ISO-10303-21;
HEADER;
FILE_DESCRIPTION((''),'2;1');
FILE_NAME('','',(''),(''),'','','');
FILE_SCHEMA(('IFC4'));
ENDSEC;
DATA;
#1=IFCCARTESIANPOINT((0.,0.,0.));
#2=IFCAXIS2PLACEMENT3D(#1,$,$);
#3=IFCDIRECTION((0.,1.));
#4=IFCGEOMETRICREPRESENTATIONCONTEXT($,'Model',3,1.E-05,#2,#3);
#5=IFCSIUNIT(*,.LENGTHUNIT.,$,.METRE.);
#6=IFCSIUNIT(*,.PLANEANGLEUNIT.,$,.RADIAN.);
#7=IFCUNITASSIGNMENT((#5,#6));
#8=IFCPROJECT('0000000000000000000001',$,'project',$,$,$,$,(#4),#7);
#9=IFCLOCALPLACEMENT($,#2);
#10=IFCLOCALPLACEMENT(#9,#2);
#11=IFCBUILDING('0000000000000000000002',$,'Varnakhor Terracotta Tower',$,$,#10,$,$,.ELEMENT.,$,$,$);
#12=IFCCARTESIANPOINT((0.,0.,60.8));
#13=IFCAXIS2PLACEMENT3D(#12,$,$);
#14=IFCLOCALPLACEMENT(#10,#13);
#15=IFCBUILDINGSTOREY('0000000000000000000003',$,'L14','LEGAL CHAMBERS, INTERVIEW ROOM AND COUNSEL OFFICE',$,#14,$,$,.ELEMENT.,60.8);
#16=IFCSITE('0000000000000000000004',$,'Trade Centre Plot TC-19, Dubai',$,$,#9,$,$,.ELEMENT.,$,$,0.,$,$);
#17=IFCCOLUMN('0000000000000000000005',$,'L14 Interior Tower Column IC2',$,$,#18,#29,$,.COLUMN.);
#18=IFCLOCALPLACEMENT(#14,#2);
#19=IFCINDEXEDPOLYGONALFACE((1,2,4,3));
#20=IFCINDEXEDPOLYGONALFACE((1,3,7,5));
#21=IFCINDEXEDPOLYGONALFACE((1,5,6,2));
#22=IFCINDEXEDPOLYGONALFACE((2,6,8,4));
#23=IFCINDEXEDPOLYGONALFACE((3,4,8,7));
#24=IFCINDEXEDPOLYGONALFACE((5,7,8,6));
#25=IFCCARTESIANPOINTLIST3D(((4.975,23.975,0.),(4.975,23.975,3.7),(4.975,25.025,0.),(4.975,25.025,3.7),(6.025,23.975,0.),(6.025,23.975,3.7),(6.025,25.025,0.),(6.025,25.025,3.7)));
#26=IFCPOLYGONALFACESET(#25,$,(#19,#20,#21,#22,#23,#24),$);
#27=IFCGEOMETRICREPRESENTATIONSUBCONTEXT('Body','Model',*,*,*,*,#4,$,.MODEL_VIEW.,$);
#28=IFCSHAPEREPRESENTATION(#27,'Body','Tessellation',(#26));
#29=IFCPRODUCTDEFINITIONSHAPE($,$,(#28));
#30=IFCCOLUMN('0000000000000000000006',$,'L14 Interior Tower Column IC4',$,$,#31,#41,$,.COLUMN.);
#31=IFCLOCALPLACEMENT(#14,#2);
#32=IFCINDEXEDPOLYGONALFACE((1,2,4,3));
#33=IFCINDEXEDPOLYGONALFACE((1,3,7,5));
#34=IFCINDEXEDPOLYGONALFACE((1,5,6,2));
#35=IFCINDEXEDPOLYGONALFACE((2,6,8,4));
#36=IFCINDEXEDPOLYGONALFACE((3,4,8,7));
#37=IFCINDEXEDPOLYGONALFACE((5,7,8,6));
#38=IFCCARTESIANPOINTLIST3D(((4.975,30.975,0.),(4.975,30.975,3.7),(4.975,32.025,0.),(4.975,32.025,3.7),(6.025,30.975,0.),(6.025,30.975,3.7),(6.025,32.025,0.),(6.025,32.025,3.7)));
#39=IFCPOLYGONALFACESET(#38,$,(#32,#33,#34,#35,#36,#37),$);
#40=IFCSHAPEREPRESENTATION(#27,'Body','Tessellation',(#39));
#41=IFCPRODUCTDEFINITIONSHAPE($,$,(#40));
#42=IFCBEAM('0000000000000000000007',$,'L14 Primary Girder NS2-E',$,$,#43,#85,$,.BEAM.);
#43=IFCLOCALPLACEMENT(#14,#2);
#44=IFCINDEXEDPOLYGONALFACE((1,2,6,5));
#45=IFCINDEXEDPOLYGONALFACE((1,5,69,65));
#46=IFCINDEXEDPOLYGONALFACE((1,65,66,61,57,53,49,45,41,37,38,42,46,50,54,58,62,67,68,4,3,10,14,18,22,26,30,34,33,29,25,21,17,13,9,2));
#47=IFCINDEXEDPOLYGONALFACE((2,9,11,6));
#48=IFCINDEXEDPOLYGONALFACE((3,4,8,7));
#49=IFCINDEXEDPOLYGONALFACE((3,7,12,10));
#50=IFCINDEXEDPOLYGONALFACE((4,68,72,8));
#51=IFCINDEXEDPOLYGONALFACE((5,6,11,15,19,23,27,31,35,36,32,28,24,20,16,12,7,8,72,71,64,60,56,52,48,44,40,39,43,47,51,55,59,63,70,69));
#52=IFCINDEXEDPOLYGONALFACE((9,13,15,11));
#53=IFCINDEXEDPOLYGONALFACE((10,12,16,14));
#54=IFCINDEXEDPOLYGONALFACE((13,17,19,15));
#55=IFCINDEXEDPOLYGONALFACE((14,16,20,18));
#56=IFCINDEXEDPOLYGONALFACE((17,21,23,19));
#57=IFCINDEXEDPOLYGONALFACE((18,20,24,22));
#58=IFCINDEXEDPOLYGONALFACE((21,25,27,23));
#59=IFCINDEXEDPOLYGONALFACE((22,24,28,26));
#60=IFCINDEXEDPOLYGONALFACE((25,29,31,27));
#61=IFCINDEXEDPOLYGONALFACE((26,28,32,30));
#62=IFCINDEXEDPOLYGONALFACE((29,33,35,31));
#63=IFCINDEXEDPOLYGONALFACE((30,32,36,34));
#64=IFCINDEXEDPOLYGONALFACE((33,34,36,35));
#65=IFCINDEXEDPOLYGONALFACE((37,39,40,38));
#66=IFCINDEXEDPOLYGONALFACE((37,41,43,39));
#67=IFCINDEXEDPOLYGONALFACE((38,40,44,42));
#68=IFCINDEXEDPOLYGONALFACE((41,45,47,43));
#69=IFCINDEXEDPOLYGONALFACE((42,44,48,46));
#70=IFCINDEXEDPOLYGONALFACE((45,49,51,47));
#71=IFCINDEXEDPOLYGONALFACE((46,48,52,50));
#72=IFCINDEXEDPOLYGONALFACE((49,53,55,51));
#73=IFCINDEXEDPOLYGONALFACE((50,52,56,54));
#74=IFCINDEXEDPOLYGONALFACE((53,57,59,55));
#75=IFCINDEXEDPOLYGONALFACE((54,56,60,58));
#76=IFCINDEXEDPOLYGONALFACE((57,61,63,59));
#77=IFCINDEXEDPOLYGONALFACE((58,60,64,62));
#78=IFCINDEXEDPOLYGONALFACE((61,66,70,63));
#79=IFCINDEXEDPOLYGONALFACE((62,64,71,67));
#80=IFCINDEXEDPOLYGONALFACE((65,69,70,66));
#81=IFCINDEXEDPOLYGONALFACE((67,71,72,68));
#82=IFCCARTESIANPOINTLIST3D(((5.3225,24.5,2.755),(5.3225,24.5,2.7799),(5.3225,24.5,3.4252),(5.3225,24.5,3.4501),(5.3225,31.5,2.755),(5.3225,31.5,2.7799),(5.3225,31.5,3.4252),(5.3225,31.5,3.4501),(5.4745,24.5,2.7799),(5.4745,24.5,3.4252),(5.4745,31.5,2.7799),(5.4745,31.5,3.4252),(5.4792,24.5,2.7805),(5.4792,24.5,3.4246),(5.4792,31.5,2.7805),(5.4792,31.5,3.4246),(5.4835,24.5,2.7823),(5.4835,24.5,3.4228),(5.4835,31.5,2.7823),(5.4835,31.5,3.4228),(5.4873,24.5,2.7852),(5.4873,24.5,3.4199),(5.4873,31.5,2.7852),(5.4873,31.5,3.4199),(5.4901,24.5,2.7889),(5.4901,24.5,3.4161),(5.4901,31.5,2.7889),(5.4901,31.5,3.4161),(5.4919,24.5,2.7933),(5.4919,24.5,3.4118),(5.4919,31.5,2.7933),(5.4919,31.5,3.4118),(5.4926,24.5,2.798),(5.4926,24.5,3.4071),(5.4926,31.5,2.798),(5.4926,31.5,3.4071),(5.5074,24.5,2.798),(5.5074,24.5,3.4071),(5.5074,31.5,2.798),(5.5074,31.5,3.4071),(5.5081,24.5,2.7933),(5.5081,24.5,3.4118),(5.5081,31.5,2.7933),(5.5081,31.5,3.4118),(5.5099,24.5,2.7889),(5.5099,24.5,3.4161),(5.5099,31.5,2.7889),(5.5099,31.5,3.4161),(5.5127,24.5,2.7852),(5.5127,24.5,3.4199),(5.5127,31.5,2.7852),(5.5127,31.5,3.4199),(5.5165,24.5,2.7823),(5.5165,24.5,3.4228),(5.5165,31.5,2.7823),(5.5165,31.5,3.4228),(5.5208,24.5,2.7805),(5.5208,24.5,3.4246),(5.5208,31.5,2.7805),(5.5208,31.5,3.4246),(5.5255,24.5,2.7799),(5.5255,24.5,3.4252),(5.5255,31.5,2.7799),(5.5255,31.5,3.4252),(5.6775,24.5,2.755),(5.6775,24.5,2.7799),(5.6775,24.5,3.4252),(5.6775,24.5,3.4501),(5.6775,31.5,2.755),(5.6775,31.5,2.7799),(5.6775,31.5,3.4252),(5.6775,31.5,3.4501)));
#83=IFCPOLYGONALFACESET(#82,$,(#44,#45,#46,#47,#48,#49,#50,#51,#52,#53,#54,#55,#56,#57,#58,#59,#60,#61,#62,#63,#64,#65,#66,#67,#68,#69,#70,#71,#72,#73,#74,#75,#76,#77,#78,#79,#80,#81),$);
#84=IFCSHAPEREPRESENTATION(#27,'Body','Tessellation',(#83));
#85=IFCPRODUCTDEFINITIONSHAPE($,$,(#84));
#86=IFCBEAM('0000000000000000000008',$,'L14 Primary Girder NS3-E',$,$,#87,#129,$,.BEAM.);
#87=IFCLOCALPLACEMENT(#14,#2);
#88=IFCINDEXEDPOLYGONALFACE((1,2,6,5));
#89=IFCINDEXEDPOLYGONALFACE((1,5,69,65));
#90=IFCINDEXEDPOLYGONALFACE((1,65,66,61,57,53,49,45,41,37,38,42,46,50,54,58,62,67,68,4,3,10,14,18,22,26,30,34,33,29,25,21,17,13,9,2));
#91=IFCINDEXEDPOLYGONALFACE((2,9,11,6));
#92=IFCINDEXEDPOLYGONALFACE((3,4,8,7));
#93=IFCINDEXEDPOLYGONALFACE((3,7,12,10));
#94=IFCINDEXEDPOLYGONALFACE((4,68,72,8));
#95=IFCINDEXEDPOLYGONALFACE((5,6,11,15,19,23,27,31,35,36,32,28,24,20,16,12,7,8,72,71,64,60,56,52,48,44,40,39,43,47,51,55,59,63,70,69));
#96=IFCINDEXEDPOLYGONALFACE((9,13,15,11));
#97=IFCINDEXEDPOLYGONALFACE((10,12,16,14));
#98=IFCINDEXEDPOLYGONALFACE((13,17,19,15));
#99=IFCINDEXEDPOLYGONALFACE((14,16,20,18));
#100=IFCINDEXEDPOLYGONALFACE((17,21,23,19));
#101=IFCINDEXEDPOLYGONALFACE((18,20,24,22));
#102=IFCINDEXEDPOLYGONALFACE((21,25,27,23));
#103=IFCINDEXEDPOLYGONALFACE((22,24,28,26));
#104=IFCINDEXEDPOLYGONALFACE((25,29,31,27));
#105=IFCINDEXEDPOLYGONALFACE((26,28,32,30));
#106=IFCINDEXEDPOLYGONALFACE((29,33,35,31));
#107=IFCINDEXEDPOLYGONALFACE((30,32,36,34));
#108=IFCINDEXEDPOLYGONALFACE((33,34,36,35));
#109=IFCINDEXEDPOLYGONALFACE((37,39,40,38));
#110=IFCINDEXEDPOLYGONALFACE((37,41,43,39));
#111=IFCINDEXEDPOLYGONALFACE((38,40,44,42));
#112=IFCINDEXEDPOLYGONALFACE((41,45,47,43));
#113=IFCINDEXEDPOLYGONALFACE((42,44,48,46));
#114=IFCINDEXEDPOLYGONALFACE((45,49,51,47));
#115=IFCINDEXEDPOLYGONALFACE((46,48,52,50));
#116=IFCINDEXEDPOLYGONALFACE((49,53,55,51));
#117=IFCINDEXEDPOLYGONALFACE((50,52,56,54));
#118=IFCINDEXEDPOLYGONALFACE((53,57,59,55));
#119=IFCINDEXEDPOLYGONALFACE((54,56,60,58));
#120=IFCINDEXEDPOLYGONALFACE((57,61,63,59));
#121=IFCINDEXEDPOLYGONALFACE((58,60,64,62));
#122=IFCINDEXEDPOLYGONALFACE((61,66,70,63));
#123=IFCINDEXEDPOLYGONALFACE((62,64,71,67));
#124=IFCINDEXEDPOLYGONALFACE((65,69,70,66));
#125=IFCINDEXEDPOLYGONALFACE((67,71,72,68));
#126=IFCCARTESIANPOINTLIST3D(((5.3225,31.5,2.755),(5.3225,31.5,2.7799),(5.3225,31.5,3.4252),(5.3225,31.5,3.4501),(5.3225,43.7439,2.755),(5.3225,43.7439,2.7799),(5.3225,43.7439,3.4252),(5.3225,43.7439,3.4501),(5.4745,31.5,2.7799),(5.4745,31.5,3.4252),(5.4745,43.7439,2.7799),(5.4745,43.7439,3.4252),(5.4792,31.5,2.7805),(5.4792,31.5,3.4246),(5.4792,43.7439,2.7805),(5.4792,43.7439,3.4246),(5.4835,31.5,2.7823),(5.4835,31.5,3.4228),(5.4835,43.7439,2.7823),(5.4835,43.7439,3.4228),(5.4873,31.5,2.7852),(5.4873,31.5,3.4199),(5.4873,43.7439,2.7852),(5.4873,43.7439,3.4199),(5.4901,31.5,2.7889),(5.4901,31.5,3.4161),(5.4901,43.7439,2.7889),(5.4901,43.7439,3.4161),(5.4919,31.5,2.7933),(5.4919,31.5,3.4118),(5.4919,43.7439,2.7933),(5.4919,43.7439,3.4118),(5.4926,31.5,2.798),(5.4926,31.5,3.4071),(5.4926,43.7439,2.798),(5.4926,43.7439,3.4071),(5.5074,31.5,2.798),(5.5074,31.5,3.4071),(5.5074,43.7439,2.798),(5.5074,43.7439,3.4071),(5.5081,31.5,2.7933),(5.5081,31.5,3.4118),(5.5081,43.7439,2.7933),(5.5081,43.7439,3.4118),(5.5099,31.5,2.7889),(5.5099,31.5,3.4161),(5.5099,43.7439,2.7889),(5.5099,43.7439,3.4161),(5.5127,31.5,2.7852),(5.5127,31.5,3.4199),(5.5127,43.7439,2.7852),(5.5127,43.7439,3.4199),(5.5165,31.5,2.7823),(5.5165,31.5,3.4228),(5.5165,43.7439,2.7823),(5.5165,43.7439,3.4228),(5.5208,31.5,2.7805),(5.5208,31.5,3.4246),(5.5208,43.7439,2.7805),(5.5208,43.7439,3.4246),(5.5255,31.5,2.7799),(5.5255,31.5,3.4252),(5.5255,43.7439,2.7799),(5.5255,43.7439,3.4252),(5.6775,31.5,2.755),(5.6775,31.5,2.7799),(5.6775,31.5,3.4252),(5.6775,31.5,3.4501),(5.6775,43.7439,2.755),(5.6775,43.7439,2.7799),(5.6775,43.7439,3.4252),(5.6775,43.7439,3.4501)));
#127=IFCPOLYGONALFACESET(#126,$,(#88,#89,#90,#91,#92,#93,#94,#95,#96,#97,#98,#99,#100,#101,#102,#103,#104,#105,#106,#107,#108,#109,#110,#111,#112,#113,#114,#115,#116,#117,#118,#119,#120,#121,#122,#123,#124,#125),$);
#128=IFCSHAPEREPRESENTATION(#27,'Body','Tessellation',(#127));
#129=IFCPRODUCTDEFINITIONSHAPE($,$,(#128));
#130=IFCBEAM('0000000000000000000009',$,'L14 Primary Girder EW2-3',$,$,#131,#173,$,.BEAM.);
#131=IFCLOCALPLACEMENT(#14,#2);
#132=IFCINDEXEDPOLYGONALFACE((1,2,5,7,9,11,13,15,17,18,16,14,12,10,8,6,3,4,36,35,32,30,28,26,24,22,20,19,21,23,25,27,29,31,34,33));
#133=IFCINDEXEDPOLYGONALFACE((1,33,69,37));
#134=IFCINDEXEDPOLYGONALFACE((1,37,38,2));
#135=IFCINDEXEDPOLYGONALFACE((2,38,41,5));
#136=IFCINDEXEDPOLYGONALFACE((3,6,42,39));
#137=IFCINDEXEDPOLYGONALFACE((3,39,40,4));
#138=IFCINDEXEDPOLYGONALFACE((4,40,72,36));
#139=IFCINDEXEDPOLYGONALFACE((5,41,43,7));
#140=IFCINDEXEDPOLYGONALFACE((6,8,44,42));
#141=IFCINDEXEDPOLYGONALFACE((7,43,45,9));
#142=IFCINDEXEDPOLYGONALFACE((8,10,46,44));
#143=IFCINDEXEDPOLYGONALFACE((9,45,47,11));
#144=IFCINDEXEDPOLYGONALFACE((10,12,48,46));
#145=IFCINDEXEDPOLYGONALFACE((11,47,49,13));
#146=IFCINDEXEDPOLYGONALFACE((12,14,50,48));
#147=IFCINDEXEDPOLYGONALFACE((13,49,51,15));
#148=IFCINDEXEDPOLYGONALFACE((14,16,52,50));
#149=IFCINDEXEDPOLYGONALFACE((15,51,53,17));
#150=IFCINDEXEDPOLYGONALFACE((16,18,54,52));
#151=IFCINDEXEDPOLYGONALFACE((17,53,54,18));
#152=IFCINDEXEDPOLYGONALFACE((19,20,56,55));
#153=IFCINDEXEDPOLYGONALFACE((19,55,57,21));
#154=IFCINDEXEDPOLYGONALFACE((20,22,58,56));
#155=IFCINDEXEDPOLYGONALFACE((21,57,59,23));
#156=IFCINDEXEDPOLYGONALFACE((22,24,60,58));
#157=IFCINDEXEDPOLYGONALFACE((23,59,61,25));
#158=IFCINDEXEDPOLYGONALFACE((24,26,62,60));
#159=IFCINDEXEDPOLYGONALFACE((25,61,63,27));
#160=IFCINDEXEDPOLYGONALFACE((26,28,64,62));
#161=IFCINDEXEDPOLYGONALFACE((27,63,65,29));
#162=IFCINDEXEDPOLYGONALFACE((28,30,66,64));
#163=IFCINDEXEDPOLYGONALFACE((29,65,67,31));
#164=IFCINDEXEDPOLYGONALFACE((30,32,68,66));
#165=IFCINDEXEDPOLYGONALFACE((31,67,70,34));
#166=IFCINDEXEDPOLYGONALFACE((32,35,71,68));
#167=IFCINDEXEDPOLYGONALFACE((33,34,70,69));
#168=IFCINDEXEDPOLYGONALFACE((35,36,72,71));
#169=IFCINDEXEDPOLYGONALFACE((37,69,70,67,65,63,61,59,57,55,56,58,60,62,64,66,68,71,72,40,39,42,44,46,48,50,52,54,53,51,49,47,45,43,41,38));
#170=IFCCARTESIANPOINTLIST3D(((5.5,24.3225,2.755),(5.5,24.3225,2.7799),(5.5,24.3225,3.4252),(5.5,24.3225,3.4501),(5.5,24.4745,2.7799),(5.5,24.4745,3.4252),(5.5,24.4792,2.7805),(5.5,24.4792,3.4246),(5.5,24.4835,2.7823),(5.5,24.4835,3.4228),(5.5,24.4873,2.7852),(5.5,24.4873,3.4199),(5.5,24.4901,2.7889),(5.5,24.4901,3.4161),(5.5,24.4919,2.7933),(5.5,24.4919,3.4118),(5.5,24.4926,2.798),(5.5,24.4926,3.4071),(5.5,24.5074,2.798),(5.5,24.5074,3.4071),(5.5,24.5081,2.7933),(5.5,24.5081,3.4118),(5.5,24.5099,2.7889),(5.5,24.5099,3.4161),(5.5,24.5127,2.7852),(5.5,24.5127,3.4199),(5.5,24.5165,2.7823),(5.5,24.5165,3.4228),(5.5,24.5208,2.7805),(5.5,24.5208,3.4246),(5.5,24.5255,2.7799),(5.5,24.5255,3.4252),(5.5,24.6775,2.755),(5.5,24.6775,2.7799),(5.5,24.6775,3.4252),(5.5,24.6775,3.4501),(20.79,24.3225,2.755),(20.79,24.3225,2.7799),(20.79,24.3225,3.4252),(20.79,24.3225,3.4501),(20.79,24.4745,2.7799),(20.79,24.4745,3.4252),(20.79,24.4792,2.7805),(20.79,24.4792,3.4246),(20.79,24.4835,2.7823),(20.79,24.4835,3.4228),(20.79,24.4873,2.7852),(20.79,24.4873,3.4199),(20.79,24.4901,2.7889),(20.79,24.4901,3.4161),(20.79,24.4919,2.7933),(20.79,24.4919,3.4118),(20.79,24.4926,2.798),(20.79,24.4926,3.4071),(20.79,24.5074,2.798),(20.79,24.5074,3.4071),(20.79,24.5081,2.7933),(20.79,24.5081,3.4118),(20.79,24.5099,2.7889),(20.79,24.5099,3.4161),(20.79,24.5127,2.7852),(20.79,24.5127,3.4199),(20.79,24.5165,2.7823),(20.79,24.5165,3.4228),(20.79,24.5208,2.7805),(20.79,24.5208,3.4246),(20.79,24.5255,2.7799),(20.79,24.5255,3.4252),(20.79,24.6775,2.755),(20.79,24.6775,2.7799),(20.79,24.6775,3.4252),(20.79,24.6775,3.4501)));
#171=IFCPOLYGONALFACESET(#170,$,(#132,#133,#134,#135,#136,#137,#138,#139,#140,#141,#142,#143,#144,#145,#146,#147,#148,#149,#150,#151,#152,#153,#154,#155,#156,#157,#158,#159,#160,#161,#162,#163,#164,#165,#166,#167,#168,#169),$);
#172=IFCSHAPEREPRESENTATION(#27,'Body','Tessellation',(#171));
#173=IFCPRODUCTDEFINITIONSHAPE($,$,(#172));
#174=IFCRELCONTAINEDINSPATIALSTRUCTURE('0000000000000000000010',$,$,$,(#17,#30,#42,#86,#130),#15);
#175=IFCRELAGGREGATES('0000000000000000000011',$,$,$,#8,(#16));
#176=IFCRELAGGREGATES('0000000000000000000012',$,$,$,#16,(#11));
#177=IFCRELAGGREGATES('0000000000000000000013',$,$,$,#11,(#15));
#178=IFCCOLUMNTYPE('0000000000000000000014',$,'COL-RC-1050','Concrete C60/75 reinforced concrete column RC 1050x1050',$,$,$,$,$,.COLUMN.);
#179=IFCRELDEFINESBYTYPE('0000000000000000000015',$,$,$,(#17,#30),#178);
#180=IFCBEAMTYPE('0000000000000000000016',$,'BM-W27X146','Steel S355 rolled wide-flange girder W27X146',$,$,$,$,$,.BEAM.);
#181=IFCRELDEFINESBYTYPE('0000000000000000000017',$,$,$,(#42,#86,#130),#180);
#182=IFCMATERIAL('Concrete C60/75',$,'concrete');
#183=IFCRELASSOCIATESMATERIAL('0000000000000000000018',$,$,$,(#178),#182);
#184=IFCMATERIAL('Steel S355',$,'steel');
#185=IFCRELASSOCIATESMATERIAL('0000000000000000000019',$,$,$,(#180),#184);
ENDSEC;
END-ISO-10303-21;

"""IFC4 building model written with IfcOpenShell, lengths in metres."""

from ifc_helpers import new_model, si_unit, direction, frame, origin, origin_2d, place, context, subcontext, project, spatial, rectangle, i_section, extrude, source, transform, mapped, material, material_profile, profile_set, type_object, element, save


model = new_model("IFC4")

# Units and contexts
model_context = context("Model", 3, precision=1e-05, world=origin(), true_north=direction((0.0, 1.0)))
body_context = subcontext(model_context, "Body", "Model", "MODEL_VIEW")
ifc_project = project(units=[si_unit("LENGTHUNIT", "METRE"), si_unit("PLANEANGLEUNIT", "RADIAN")], contexts=[model_context])

# Site, building, storey
site_placement = place(None, origin())
site = spatial("IfcSite", under=ifc_project, at=site_placement, Name="Trade Centre Plot TC-19, Dubai", CompositionType="ELEMENT", RefElevation=0.0)
building_placement = place(site_placement, origin())
building = spatial("IfcBuilding", under=site, at=building_placement, Name="Varnakhor Terracotta Tower", CompositionType="ELEMENT")
storey_placement = place(building_placement, frame((0.0, 0.0, 60.8)))
storey = spatial("IfcBuildingStorey", under=building, at=storey_placement, Name="L14", Description="LEGAL CHAMBERS, INTERVIEW ROOM AND COUNSEL OFFICE", CompositionType="ELEMENT", Elevation=60.8)

# Columns
ifc_material_1 = material(Name="Concrete C60/75", Category="concrete")
ifc_material_profile_1 = material_profile(ifc_material_1, rectangle(XDim=1.05, YDim=1.05, at=origin_2d()), Name="RC 1050x1050")
ifc_profile_set_1 = profile_set([ifc_material_profile_1], Name="Concrete C60/75")
column_type = type_object("IfcColumnType", Name="COL-RC-1050", Description="Concrete C60/75 reinforced concrete column RC 1050x1050", PredefinedType="COLUMN", material=ifc_profile_set_1)
shared_shape_1 = source(origin(), body_context, "Body", "SweptSolid", [
    extrude(rectangle(XDim=1.05, YDim=1.05, at=origin_2d()), origin(), (0.0, 0.0, 1.0), 3.7),
])
for number, where, z_axis, x_axis, name in (
    (1, (5.5, 24.5, 0.0), (0.0, 0.0, 1.0), (1.0, 0.0, 0.0), "L14 Interior Tower Column IC2"),
    (2, (5.5, 31.5, 0.0), (0.0, 0.0, 1.0), (1.0, 0.0, 0.0), "L14 Interior Tower Column IC4"),
):
    element("IfcColumn", number, at=place(storey_placement, frame(where, z_axis=z_axis, x_axis=x_axis)), inside=storey, type_object=column_type, Name=name, PredefinedType="COLUMN", context=body_context, shape_type="MappedRepresentation", body=[
        mapped(shared_shape_1, transform((0.0, 0.0, 0.0), scale=1.0)),
    ])

# Beams
ifc_material_2 = material(Name="Steel S355", Category="steel")
ifc_material_profile_2 = material_profile(ifc_material_2, i_section(OverallWidth=0.355, OverallDepth=0.6951, WebThickness=0.0149, FlangeThickness=0.0249, FilletRadius=0.0181, at=origin_2d()), Name="W27X146")
ifc_profile_set_2 = profile_set([ifc_material_profile_2], Name="Steel S355")
beam_type_1 = type_object("IfcBeamType", Name="BM-W27X146", Description="Steel S355 rolled wide-flange girder W27X146", PredefinedType="BEAM", material=ifc_profile_set_2)
shared_shape_2 = source(origin(), body_context, "Body", "SweptSolid", [
    extrude(i_section(OverallWidth=0.355, OverallDepth=0.6951, WebThickness=0.0149, FlangeThickness=0.0249, FilletRadius=0.0181, at=origin_2d()), origin(), (0.0, 0.0, 1.0), 7.0),
])
beam_1_placement = place(storey_placement, frame((5.5, 24.5, 3.1025), z_axis=(0.0, 1.0, 0.0), x_axis=(-1.0, 0.0, 0.0)))
element("IfcBeam", 3, at=beam_1_placement, inside=storey, type_object=beam_type_1, Name="L14 Primary Girder NS2-E", PredefinedType="BEAM", context=body_context, shape_type="MappedRepresentation", body=[
    mapped(shared_shape_2, transform((0.0, 0.0, 0.0), scale=1.0)),
])
shared_shape_3 = source(origin(), body_context, "Body", "SweptSolid", [
    extrude(i_section(OverallWidth=0.355, OverallDepth=0.6951, WebThickness=0.0149, FlangeThickness=0.0249, FilletRadius=0.0181, at=origin_2d()), origin(), (0.0, 0.0, 1.0), 12.2439),
])
beam_2_placement = place(storey_placement, frame((5.5, 31.5, 3.1025), z_axis=(0.0, 1.0, 0.0), x_axis=(-1.0, 0.0, 0.0)))
element("IfcBeam", 4, at=beam_2_placement, inside=storey, type_object=beam_type_1, Name="L14 Primary Girder NS3-E", PredefinedType="BEAM", context=body_context, shape_type="MappedRepresentation", body=[
    mapped(shared_shape_3, transform((0.0, 0.0, 0.0), scale=1.0)),
])
shared_shape_4 = source(origin(), body_context, "Body", "SweptSolid", [
    extrude(i_section(OverallWidth=0.355, OverallDepth=0.6951, WebThickness=0.0149, FlangeThickness=0.0249, FilletRadius=0.0181, at=origin_2d()), origin(), (0.0, 0.0, 1.0), 15.29),
])
beam_3_placement = place(storey_placement, frame((5.5, 24.5, 3.1025), z_axis=(1.0, 0.0, 0.0), x_axis=(0.0, 1.0, 0.0)))
element("IfcBeam", 5, at=beam_3_placement, inside=storey, type_object=beam_type_1, Name="L14 Primary Girder EW2-3", PredefinedType="BEAM", context=body_context, shape_type="MappedRepresentation", body=[
    mapped(shared_shape_4, transform((0.0, 0.0, 0.0), scale=1.0)),
])

save(model, "model.ifc")
